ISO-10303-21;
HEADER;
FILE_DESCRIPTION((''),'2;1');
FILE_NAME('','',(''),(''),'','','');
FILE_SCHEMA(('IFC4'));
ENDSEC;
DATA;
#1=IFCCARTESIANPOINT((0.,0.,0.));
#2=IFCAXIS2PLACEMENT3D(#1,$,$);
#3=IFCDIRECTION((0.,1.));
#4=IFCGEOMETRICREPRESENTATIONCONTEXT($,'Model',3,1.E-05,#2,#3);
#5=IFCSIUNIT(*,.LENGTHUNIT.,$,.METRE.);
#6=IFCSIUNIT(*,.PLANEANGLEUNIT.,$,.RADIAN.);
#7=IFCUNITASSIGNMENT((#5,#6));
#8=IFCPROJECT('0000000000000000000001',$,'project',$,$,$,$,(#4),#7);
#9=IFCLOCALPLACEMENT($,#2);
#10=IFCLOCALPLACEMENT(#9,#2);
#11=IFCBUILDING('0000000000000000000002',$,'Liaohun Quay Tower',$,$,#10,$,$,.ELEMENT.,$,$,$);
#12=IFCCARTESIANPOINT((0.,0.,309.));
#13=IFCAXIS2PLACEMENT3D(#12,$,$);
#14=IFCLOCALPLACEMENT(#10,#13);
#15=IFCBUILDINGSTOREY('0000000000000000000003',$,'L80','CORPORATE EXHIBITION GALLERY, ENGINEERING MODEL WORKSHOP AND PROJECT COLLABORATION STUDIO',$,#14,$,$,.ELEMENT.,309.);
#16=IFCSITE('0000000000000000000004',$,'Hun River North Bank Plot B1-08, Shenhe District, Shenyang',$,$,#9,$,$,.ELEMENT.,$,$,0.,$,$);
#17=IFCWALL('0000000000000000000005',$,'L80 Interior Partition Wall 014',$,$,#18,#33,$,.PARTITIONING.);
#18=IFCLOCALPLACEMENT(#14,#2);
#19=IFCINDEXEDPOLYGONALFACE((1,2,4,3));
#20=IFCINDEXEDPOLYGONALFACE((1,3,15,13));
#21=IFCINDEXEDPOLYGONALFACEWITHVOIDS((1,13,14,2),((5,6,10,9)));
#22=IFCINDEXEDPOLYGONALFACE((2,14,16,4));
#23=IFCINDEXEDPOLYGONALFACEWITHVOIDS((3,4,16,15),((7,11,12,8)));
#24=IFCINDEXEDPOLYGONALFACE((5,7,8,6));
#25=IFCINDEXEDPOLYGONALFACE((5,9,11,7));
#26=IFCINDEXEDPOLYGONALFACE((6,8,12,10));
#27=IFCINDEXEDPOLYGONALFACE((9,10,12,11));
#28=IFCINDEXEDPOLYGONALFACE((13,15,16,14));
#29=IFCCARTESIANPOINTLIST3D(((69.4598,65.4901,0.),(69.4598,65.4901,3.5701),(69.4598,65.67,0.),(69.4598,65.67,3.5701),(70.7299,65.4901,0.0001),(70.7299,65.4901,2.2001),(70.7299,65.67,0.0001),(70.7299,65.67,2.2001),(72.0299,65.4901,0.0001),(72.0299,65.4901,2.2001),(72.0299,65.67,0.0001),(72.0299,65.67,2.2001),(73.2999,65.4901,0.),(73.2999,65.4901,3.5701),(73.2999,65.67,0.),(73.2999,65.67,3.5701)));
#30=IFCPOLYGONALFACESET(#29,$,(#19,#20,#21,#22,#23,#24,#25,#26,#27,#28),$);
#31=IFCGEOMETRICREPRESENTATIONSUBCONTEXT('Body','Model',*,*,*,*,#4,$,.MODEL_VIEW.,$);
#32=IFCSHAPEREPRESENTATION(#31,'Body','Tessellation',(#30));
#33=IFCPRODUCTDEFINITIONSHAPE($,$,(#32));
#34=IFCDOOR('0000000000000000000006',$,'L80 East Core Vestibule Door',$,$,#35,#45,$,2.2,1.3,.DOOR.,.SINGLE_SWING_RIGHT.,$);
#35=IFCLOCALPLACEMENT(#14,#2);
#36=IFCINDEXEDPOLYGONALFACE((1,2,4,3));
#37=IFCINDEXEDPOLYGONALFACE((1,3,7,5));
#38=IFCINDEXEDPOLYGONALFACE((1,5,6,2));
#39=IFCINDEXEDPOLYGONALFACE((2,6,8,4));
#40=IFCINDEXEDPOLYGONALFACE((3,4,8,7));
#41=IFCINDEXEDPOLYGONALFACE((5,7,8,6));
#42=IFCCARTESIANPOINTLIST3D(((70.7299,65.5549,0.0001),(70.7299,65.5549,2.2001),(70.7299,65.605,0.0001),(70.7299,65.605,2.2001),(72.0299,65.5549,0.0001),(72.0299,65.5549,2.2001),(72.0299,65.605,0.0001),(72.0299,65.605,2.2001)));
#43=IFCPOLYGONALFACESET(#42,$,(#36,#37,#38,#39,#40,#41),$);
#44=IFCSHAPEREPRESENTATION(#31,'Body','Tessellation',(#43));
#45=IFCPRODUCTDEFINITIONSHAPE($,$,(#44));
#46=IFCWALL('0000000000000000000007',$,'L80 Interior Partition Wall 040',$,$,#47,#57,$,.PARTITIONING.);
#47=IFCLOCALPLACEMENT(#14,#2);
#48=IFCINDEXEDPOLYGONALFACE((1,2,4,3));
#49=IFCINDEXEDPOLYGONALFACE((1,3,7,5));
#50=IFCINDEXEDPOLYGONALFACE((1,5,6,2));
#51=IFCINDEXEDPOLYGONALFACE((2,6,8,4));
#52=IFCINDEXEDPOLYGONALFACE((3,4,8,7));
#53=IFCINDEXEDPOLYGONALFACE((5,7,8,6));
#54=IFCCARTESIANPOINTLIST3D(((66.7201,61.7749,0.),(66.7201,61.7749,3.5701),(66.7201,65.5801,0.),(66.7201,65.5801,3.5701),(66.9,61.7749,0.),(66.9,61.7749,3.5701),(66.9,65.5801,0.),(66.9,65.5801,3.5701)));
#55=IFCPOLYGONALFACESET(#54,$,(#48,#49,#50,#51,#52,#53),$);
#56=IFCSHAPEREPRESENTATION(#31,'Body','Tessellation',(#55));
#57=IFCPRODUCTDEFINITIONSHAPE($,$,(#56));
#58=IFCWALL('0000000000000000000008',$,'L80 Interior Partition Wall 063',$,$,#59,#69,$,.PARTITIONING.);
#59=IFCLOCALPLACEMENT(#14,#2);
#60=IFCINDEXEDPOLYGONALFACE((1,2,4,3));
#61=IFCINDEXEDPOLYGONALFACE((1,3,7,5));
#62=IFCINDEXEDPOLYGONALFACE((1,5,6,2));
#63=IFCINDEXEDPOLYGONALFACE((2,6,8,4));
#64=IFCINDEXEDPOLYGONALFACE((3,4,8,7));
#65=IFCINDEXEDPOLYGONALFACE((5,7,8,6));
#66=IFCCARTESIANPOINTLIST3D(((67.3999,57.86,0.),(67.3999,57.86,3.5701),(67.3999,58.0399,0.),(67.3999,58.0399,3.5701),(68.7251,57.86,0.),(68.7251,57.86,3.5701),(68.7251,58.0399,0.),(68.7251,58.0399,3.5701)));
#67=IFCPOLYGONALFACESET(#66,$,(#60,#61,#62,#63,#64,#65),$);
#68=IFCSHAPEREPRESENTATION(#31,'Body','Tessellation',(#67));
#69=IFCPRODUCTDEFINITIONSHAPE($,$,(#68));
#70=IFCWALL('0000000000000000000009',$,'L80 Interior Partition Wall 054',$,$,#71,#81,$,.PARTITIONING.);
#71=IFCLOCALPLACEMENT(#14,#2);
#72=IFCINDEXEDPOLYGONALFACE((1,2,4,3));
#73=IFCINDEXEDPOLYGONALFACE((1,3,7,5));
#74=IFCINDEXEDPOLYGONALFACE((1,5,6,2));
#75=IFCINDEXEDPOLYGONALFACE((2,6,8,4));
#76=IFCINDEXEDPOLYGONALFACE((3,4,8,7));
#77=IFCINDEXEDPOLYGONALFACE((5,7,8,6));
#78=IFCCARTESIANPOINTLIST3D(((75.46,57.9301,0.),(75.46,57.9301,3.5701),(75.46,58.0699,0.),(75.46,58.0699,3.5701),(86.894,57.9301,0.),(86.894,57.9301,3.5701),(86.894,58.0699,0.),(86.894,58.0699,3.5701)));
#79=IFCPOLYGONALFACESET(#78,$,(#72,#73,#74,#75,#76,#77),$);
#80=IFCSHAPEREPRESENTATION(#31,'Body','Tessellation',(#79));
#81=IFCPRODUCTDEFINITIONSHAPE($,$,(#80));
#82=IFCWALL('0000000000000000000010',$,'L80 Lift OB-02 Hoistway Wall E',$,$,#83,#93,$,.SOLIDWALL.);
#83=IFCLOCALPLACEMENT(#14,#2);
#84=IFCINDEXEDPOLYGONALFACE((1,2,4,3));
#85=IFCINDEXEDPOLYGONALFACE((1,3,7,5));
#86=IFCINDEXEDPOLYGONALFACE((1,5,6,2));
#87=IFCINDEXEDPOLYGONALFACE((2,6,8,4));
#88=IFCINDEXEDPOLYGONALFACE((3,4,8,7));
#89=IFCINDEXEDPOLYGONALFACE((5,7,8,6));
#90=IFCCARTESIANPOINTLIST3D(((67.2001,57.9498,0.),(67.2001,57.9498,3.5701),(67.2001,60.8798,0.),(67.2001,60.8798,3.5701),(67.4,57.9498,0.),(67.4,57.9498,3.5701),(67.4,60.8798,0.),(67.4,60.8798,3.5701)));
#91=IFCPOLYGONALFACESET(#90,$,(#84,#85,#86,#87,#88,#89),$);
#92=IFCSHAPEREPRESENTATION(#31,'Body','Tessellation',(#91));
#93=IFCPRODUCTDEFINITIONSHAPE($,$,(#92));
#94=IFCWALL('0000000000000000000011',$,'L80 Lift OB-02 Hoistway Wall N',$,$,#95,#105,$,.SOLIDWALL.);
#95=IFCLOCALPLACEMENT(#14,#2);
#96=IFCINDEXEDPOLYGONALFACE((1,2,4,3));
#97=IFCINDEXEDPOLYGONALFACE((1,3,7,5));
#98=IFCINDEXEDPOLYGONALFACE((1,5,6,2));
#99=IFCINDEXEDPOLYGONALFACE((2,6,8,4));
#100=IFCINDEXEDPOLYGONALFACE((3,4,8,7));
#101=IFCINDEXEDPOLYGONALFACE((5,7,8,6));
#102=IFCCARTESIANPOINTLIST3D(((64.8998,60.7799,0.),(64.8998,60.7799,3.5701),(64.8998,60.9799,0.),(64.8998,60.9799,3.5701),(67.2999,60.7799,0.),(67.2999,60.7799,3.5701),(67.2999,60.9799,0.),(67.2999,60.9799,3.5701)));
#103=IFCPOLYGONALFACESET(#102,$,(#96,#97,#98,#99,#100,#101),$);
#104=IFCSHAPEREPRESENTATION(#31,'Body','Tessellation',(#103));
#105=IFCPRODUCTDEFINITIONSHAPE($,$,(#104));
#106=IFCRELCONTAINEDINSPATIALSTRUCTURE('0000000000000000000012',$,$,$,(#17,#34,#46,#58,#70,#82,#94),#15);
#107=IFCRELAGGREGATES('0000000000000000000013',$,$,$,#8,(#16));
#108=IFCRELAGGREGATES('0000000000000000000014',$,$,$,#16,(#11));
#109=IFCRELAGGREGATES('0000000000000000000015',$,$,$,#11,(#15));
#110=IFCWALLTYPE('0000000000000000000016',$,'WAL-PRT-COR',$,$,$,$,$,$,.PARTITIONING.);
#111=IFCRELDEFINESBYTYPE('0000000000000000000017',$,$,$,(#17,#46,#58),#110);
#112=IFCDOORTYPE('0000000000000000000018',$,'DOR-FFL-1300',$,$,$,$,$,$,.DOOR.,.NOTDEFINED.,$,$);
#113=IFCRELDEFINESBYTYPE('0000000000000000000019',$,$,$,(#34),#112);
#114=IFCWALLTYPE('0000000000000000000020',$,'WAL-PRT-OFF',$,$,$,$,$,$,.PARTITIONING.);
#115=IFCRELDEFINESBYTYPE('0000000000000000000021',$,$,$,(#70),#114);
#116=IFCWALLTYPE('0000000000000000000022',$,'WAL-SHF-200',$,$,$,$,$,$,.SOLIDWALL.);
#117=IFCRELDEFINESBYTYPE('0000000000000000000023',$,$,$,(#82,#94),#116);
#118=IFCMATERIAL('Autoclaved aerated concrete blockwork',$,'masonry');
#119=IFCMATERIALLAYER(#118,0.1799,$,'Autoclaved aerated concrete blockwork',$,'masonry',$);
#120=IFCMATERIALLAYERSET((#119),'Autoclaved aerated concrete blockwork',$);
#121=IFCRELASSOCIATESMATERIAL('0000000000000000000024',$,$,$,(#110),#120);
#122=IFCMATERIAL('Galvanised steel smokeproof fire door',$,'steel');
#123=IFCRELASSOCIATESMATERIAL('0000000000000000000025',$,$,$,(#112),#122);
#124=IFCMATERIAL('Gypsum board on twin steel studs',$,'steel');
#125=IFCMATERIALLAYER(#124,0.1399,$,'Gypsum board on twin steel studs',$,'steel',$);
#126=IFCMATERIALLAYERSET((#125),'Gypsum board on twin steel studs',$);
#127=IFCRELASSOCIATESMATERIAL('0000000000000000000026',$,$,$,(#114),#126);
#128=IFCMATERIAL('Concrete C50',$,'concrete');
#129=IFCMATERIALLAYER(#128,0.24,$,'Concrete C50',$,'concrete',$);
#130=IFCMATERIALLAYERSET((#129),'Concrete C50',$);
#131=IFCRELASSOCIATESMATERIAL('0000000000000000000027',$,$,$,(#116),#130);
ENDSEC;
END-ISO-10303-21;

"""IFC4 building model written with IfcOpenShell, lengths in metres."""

from ifc_helpers import new_model, si_unit, direction, frame, frame_2d, origin, place, context, subcontext, project, spatial, rectangle, extrude, source, transform, mapped, material, layer, layer_set, type_object, element, fill, save


model = new_model("IFC4")

# Units and contexts
model_context = context("Model", 3, precision=1e-05, world=origin(), true_north=direction((0.0, 1.0)))
body_context = subcontext(model_context, "Body", "Model", "MODEL_VIEW")
ifc_project = project(units=[si_unit("LENGTHUNIT", "METRE"), si_unit("PLANEANGLEUNIT", "RADIAN")], contexts=[model_context])

# Site, building, storey
site_placement = place(None, origin())
site = spatial("IfcSite", under=ifc_project, at=site_placement, Name="Hun River North Bank Plot B1-08, Shenhe District, Shenyang", CompositionType="ELEMENT", RefElevation=0.0)
building_placement = place(site_placement, origin())
building = spatial("IfcBuilding", under=site, at=building_placement, Name="Liaohun Quay Tower", CompositionType="ELEMENT")
storey_placement = place(building_placement, frame((0.0, 0.0, 309.0)))
storey = spatial("IfcBuildingStorey", under=building, at=storey_placement, Name="L80", Description="CORPORATE EXHIBITION GALLERY, ENGINEERING MODEL WORKSHOP AND PROJECT COLLABORATION STUDIO", CompositionType="ELEMENT", Elevation=309.0)

# Shared definitions
ifc_material_1 = material(Name="Concrete C50", Category="concrete")

# Wall, opening, door
ifc_material_2 = material(Name="Autoclaved aerated concrete blockwork", Category="masonry")
ifc_layer_1 = layer(ifc_material_2, 0.1799, Name="Autoclaved aerated concrete blockwork", Category="masonry")
ifc_layer_set_1 = layer_set([ifc_layer_1], Name="Autoclaved aerated concrete blockwork")
wall_type_1 = type_object("IfcWallType", Name="WAL-PRT-COR", PredefinedType="PARTITIONING", material=ifc_layer_set_1)
wall_1_placement = place(storey_placement, frame((69.46, 65.5801, 0.0), z_axis=(0.0, 0.0, 1.0), x_axis=(1.0, 0.0, 0.0)))
wall_1 = element("IfcWall", 1, at=wall_1_placement, inside=storey, type_object=wall_type_1, Name="L80 Interior Partition Wall 014", PredefinedType="PARTITIONING", context=body_context, shape_type="SweptSolid", body=[
    extrude(rectangle(XDim=3.8401, YDim=0.1799, at=frame_2d((1.9199, 0.0))), origin(), (0.0, 0.0, 1.0), 3.5701),
])
shared_shape_1 = source(origin(), body_context, "Body", "SweptSolid", [
    extrude(rectangle(XDim=1.3, YDim=2.2, at=frame_2d((0.6499, 1.1001))), frame((0.0, 0.0999, 0.0), z_axis=(0.0, -1.0, 0.0), x_axis=(1.0, 0.0, 0.0)), (0.0, 0.0, 1.0), 0.2),
])
opening_1_placement = place(wall_1_placement, frame((1.27, 0.0, 0.0)))
opening_1 = element("IfcOpeningElement", 2, at=opening_1_placement, cuts=wall_1, PredefinedType="OPENING", context=body_context, shape_type="MappedRepresentation", body=[
    mapped(shared_shape_1, transform((0.0, 0.0, 0.0), x_axis=(1.0, 0.0, 0.0), y_axis=(0.0, 1.0, 0.0), z_axis=(0.0, 0.0, 1.0), scale=1.0)),
])
ifc_material_3 = material(Name="Galvanised steel smokeproof fire door", Category="steel")
door_type_1 = type_object("IfcDoorType", Name="DOR-FFL-1300", OperationType="NOTDEFINED", PredefinedType="DOOR", material=ifc_material_3)
shared_shape_2 = source(origin(), body_context, "Body", "SweptSolid", [
    extrude(rectangle(XDim=1.3, YDim=2.2, at=frame_2d((0.6499, 1.1001))), frame((0.0, 0.0249, 0.0), z_axis=(0.0, -1.0, 0.0), x_axis=(1.0, 0.0, 0.0)), (0.0, 0.0, 1.0), 0.05),
])
door_1_placement = place(opening_1_placement, origin())
door_1 = element("IfcDoor", 3, at=door_1_placement, inside=storey, type_object=door_type_1, Name="L80 East Core Vestibule Door", OperationType="SINGLE_SWING_RIGHT", OverallHeight=2.2, OverallWidth=1.3, PredefinedType="DOOR", context=body_context, shape_type="MappedRepresentation", body=[
    mapped(shared_shape_2, transform((0.0, 0.0, 0.0), x_axis=(1.0, 0.0, 0.0), y_axis=(0.0, 1.0, 0.0), z_axis=(0.0, 0.0, 1.0), scale=1.0)),
])
fill(opening_1, door_1)

# Walls
wall_2_placement = place(storey_placement, frame((66.8101, 61.7749, 0.0), z_axis=(0.0, 0.0, 1.0), x_axis=(0.0, 1.0, 0.0)))
element("IfcWall", 4, at=wall_2_placement, inside=storey, type_object=wall_type_1, Name="L80 Interior Partition Wall 040", PredefinedType="PARTITIONING", context=body_context, shape_type="SweptSolid", body=[
    extrude(rectangle(XDim=3.8052, YDim=0.1799, at=frame_2d((1.9026, 0.0))), origin(), (0.0, 0.0, 1.0), 3.5701),
])
wall_3_placement = place(storey_placement, frame((67.3999, 57.95, 0.0), z_axis=(0.0, 0.0, 1.0), x_axis=(1.0, 0.0, 0.0)))
element("IfcWall", 5, at=wall_3_placement, inside=storey, type_object=wall_type_1, Name="L80 Interior Partition Wall 063", PredefinedType="PARTITIONING", context=body_context, shape_type="SweptSolid", body=[
    extrude(rectangle(XDim=1.3252, YDim=0.1799, at=frame_2d((0.6626, 0.0))), origin(), (0.0, 0.0, 1.0), 3.5701),
])
ifc_material_4 = material(Name="Gypsum board on twin steel studs", Category="steel")
ifc_layer_2 = layer(ifc_material_4, 0.1399, Name="Gypsum board on twin steel studs", Category="steel")
ifc_layer_set_2 = layer_set([ifc_layer_2], Name="Gypsum board on twin steel studs")
wall_type_2 = type_object("IfcWallType", Name="WAL-PRT-OFF", PredefinedType="PARTITIONING", material=ifc_layer_set_2)
wall_4_placement = place(storey_placement, frame((75.46, 58.0, 0.0), z_axis=(0.0, 0.0, 1.0), x_axis=(1.0, 0.0, 0.0)))
element("IfcWall", 6, at=wall_4_placement, inside=storey, type_object=wall_type_2, Name="L80 Interior Partition Wall 054", PredefinedType="PARTITIONING", context=body_context, shape_type="SweptSolid", body=[
    extrude(rectangle(XDim=11.4341, YDim=0.1399, at=frame_2d((5.717, 0.0))), origin(), (0.0, 0.0, 1.0), 3.5701),
])
ifc_layer_3 = layer(ifc_material_1, 0.24, Name="Concrete C50", Category="concrete")
ifc_layer_set_3 = layer_set([ifc_layer_3], Name="Concrete C50")
wall_type_3 = type_object("IfcWallType", Name="WAL-SHF-200", PredefinedType="SOLIDWALL", material=ifc_layer_set_3)
wall_5_placement = place(storey_placement, frame((67.3, 57.95, 0.0), z_axis=(0.0, 0.0, 1.0), x_axis=(0.0, 1.0, 0.0)))
element("IfcWall", 7, at=wall_5_placement, inside=storey, type_object=wall_type_3, Name="L80 Lift OB-02 Hoistway Wall E", PredefinedType="SOLIDWALL", context=body_context, shape_type="SweptSolid", body=[
    extrude(rectangle(XDim=2.9299, YDim=0.2, at=frame_2d((1.4648, 0.0))), origin(), (0.0, 0.0, 1.0), 3.5701),
])
wall_6_placement = place(storey_placement, frame((67.3, 60.8799, 0.0), z_axis=(0.0, 0.0, 1.0), x_axis=(-1.0, 0.0, 0.0)))
element("IfcWall", 8, at=wall_6_placement, inside=storey, type_object=wall_type_3, Name="L80 Lift OB-02 Hoistway Wall N", PredefinedType="SOLIDWALL", context=body_context, shape_type="SweptSolid", body=[
    extrude(rectangle(XDim=2.4001, YDim=0.2, at=frame_2d((1.2002, 0.0))), origin(), (0.0, 0.0, 1.0), 3.5701),
])

save(model, "model.ifc")
